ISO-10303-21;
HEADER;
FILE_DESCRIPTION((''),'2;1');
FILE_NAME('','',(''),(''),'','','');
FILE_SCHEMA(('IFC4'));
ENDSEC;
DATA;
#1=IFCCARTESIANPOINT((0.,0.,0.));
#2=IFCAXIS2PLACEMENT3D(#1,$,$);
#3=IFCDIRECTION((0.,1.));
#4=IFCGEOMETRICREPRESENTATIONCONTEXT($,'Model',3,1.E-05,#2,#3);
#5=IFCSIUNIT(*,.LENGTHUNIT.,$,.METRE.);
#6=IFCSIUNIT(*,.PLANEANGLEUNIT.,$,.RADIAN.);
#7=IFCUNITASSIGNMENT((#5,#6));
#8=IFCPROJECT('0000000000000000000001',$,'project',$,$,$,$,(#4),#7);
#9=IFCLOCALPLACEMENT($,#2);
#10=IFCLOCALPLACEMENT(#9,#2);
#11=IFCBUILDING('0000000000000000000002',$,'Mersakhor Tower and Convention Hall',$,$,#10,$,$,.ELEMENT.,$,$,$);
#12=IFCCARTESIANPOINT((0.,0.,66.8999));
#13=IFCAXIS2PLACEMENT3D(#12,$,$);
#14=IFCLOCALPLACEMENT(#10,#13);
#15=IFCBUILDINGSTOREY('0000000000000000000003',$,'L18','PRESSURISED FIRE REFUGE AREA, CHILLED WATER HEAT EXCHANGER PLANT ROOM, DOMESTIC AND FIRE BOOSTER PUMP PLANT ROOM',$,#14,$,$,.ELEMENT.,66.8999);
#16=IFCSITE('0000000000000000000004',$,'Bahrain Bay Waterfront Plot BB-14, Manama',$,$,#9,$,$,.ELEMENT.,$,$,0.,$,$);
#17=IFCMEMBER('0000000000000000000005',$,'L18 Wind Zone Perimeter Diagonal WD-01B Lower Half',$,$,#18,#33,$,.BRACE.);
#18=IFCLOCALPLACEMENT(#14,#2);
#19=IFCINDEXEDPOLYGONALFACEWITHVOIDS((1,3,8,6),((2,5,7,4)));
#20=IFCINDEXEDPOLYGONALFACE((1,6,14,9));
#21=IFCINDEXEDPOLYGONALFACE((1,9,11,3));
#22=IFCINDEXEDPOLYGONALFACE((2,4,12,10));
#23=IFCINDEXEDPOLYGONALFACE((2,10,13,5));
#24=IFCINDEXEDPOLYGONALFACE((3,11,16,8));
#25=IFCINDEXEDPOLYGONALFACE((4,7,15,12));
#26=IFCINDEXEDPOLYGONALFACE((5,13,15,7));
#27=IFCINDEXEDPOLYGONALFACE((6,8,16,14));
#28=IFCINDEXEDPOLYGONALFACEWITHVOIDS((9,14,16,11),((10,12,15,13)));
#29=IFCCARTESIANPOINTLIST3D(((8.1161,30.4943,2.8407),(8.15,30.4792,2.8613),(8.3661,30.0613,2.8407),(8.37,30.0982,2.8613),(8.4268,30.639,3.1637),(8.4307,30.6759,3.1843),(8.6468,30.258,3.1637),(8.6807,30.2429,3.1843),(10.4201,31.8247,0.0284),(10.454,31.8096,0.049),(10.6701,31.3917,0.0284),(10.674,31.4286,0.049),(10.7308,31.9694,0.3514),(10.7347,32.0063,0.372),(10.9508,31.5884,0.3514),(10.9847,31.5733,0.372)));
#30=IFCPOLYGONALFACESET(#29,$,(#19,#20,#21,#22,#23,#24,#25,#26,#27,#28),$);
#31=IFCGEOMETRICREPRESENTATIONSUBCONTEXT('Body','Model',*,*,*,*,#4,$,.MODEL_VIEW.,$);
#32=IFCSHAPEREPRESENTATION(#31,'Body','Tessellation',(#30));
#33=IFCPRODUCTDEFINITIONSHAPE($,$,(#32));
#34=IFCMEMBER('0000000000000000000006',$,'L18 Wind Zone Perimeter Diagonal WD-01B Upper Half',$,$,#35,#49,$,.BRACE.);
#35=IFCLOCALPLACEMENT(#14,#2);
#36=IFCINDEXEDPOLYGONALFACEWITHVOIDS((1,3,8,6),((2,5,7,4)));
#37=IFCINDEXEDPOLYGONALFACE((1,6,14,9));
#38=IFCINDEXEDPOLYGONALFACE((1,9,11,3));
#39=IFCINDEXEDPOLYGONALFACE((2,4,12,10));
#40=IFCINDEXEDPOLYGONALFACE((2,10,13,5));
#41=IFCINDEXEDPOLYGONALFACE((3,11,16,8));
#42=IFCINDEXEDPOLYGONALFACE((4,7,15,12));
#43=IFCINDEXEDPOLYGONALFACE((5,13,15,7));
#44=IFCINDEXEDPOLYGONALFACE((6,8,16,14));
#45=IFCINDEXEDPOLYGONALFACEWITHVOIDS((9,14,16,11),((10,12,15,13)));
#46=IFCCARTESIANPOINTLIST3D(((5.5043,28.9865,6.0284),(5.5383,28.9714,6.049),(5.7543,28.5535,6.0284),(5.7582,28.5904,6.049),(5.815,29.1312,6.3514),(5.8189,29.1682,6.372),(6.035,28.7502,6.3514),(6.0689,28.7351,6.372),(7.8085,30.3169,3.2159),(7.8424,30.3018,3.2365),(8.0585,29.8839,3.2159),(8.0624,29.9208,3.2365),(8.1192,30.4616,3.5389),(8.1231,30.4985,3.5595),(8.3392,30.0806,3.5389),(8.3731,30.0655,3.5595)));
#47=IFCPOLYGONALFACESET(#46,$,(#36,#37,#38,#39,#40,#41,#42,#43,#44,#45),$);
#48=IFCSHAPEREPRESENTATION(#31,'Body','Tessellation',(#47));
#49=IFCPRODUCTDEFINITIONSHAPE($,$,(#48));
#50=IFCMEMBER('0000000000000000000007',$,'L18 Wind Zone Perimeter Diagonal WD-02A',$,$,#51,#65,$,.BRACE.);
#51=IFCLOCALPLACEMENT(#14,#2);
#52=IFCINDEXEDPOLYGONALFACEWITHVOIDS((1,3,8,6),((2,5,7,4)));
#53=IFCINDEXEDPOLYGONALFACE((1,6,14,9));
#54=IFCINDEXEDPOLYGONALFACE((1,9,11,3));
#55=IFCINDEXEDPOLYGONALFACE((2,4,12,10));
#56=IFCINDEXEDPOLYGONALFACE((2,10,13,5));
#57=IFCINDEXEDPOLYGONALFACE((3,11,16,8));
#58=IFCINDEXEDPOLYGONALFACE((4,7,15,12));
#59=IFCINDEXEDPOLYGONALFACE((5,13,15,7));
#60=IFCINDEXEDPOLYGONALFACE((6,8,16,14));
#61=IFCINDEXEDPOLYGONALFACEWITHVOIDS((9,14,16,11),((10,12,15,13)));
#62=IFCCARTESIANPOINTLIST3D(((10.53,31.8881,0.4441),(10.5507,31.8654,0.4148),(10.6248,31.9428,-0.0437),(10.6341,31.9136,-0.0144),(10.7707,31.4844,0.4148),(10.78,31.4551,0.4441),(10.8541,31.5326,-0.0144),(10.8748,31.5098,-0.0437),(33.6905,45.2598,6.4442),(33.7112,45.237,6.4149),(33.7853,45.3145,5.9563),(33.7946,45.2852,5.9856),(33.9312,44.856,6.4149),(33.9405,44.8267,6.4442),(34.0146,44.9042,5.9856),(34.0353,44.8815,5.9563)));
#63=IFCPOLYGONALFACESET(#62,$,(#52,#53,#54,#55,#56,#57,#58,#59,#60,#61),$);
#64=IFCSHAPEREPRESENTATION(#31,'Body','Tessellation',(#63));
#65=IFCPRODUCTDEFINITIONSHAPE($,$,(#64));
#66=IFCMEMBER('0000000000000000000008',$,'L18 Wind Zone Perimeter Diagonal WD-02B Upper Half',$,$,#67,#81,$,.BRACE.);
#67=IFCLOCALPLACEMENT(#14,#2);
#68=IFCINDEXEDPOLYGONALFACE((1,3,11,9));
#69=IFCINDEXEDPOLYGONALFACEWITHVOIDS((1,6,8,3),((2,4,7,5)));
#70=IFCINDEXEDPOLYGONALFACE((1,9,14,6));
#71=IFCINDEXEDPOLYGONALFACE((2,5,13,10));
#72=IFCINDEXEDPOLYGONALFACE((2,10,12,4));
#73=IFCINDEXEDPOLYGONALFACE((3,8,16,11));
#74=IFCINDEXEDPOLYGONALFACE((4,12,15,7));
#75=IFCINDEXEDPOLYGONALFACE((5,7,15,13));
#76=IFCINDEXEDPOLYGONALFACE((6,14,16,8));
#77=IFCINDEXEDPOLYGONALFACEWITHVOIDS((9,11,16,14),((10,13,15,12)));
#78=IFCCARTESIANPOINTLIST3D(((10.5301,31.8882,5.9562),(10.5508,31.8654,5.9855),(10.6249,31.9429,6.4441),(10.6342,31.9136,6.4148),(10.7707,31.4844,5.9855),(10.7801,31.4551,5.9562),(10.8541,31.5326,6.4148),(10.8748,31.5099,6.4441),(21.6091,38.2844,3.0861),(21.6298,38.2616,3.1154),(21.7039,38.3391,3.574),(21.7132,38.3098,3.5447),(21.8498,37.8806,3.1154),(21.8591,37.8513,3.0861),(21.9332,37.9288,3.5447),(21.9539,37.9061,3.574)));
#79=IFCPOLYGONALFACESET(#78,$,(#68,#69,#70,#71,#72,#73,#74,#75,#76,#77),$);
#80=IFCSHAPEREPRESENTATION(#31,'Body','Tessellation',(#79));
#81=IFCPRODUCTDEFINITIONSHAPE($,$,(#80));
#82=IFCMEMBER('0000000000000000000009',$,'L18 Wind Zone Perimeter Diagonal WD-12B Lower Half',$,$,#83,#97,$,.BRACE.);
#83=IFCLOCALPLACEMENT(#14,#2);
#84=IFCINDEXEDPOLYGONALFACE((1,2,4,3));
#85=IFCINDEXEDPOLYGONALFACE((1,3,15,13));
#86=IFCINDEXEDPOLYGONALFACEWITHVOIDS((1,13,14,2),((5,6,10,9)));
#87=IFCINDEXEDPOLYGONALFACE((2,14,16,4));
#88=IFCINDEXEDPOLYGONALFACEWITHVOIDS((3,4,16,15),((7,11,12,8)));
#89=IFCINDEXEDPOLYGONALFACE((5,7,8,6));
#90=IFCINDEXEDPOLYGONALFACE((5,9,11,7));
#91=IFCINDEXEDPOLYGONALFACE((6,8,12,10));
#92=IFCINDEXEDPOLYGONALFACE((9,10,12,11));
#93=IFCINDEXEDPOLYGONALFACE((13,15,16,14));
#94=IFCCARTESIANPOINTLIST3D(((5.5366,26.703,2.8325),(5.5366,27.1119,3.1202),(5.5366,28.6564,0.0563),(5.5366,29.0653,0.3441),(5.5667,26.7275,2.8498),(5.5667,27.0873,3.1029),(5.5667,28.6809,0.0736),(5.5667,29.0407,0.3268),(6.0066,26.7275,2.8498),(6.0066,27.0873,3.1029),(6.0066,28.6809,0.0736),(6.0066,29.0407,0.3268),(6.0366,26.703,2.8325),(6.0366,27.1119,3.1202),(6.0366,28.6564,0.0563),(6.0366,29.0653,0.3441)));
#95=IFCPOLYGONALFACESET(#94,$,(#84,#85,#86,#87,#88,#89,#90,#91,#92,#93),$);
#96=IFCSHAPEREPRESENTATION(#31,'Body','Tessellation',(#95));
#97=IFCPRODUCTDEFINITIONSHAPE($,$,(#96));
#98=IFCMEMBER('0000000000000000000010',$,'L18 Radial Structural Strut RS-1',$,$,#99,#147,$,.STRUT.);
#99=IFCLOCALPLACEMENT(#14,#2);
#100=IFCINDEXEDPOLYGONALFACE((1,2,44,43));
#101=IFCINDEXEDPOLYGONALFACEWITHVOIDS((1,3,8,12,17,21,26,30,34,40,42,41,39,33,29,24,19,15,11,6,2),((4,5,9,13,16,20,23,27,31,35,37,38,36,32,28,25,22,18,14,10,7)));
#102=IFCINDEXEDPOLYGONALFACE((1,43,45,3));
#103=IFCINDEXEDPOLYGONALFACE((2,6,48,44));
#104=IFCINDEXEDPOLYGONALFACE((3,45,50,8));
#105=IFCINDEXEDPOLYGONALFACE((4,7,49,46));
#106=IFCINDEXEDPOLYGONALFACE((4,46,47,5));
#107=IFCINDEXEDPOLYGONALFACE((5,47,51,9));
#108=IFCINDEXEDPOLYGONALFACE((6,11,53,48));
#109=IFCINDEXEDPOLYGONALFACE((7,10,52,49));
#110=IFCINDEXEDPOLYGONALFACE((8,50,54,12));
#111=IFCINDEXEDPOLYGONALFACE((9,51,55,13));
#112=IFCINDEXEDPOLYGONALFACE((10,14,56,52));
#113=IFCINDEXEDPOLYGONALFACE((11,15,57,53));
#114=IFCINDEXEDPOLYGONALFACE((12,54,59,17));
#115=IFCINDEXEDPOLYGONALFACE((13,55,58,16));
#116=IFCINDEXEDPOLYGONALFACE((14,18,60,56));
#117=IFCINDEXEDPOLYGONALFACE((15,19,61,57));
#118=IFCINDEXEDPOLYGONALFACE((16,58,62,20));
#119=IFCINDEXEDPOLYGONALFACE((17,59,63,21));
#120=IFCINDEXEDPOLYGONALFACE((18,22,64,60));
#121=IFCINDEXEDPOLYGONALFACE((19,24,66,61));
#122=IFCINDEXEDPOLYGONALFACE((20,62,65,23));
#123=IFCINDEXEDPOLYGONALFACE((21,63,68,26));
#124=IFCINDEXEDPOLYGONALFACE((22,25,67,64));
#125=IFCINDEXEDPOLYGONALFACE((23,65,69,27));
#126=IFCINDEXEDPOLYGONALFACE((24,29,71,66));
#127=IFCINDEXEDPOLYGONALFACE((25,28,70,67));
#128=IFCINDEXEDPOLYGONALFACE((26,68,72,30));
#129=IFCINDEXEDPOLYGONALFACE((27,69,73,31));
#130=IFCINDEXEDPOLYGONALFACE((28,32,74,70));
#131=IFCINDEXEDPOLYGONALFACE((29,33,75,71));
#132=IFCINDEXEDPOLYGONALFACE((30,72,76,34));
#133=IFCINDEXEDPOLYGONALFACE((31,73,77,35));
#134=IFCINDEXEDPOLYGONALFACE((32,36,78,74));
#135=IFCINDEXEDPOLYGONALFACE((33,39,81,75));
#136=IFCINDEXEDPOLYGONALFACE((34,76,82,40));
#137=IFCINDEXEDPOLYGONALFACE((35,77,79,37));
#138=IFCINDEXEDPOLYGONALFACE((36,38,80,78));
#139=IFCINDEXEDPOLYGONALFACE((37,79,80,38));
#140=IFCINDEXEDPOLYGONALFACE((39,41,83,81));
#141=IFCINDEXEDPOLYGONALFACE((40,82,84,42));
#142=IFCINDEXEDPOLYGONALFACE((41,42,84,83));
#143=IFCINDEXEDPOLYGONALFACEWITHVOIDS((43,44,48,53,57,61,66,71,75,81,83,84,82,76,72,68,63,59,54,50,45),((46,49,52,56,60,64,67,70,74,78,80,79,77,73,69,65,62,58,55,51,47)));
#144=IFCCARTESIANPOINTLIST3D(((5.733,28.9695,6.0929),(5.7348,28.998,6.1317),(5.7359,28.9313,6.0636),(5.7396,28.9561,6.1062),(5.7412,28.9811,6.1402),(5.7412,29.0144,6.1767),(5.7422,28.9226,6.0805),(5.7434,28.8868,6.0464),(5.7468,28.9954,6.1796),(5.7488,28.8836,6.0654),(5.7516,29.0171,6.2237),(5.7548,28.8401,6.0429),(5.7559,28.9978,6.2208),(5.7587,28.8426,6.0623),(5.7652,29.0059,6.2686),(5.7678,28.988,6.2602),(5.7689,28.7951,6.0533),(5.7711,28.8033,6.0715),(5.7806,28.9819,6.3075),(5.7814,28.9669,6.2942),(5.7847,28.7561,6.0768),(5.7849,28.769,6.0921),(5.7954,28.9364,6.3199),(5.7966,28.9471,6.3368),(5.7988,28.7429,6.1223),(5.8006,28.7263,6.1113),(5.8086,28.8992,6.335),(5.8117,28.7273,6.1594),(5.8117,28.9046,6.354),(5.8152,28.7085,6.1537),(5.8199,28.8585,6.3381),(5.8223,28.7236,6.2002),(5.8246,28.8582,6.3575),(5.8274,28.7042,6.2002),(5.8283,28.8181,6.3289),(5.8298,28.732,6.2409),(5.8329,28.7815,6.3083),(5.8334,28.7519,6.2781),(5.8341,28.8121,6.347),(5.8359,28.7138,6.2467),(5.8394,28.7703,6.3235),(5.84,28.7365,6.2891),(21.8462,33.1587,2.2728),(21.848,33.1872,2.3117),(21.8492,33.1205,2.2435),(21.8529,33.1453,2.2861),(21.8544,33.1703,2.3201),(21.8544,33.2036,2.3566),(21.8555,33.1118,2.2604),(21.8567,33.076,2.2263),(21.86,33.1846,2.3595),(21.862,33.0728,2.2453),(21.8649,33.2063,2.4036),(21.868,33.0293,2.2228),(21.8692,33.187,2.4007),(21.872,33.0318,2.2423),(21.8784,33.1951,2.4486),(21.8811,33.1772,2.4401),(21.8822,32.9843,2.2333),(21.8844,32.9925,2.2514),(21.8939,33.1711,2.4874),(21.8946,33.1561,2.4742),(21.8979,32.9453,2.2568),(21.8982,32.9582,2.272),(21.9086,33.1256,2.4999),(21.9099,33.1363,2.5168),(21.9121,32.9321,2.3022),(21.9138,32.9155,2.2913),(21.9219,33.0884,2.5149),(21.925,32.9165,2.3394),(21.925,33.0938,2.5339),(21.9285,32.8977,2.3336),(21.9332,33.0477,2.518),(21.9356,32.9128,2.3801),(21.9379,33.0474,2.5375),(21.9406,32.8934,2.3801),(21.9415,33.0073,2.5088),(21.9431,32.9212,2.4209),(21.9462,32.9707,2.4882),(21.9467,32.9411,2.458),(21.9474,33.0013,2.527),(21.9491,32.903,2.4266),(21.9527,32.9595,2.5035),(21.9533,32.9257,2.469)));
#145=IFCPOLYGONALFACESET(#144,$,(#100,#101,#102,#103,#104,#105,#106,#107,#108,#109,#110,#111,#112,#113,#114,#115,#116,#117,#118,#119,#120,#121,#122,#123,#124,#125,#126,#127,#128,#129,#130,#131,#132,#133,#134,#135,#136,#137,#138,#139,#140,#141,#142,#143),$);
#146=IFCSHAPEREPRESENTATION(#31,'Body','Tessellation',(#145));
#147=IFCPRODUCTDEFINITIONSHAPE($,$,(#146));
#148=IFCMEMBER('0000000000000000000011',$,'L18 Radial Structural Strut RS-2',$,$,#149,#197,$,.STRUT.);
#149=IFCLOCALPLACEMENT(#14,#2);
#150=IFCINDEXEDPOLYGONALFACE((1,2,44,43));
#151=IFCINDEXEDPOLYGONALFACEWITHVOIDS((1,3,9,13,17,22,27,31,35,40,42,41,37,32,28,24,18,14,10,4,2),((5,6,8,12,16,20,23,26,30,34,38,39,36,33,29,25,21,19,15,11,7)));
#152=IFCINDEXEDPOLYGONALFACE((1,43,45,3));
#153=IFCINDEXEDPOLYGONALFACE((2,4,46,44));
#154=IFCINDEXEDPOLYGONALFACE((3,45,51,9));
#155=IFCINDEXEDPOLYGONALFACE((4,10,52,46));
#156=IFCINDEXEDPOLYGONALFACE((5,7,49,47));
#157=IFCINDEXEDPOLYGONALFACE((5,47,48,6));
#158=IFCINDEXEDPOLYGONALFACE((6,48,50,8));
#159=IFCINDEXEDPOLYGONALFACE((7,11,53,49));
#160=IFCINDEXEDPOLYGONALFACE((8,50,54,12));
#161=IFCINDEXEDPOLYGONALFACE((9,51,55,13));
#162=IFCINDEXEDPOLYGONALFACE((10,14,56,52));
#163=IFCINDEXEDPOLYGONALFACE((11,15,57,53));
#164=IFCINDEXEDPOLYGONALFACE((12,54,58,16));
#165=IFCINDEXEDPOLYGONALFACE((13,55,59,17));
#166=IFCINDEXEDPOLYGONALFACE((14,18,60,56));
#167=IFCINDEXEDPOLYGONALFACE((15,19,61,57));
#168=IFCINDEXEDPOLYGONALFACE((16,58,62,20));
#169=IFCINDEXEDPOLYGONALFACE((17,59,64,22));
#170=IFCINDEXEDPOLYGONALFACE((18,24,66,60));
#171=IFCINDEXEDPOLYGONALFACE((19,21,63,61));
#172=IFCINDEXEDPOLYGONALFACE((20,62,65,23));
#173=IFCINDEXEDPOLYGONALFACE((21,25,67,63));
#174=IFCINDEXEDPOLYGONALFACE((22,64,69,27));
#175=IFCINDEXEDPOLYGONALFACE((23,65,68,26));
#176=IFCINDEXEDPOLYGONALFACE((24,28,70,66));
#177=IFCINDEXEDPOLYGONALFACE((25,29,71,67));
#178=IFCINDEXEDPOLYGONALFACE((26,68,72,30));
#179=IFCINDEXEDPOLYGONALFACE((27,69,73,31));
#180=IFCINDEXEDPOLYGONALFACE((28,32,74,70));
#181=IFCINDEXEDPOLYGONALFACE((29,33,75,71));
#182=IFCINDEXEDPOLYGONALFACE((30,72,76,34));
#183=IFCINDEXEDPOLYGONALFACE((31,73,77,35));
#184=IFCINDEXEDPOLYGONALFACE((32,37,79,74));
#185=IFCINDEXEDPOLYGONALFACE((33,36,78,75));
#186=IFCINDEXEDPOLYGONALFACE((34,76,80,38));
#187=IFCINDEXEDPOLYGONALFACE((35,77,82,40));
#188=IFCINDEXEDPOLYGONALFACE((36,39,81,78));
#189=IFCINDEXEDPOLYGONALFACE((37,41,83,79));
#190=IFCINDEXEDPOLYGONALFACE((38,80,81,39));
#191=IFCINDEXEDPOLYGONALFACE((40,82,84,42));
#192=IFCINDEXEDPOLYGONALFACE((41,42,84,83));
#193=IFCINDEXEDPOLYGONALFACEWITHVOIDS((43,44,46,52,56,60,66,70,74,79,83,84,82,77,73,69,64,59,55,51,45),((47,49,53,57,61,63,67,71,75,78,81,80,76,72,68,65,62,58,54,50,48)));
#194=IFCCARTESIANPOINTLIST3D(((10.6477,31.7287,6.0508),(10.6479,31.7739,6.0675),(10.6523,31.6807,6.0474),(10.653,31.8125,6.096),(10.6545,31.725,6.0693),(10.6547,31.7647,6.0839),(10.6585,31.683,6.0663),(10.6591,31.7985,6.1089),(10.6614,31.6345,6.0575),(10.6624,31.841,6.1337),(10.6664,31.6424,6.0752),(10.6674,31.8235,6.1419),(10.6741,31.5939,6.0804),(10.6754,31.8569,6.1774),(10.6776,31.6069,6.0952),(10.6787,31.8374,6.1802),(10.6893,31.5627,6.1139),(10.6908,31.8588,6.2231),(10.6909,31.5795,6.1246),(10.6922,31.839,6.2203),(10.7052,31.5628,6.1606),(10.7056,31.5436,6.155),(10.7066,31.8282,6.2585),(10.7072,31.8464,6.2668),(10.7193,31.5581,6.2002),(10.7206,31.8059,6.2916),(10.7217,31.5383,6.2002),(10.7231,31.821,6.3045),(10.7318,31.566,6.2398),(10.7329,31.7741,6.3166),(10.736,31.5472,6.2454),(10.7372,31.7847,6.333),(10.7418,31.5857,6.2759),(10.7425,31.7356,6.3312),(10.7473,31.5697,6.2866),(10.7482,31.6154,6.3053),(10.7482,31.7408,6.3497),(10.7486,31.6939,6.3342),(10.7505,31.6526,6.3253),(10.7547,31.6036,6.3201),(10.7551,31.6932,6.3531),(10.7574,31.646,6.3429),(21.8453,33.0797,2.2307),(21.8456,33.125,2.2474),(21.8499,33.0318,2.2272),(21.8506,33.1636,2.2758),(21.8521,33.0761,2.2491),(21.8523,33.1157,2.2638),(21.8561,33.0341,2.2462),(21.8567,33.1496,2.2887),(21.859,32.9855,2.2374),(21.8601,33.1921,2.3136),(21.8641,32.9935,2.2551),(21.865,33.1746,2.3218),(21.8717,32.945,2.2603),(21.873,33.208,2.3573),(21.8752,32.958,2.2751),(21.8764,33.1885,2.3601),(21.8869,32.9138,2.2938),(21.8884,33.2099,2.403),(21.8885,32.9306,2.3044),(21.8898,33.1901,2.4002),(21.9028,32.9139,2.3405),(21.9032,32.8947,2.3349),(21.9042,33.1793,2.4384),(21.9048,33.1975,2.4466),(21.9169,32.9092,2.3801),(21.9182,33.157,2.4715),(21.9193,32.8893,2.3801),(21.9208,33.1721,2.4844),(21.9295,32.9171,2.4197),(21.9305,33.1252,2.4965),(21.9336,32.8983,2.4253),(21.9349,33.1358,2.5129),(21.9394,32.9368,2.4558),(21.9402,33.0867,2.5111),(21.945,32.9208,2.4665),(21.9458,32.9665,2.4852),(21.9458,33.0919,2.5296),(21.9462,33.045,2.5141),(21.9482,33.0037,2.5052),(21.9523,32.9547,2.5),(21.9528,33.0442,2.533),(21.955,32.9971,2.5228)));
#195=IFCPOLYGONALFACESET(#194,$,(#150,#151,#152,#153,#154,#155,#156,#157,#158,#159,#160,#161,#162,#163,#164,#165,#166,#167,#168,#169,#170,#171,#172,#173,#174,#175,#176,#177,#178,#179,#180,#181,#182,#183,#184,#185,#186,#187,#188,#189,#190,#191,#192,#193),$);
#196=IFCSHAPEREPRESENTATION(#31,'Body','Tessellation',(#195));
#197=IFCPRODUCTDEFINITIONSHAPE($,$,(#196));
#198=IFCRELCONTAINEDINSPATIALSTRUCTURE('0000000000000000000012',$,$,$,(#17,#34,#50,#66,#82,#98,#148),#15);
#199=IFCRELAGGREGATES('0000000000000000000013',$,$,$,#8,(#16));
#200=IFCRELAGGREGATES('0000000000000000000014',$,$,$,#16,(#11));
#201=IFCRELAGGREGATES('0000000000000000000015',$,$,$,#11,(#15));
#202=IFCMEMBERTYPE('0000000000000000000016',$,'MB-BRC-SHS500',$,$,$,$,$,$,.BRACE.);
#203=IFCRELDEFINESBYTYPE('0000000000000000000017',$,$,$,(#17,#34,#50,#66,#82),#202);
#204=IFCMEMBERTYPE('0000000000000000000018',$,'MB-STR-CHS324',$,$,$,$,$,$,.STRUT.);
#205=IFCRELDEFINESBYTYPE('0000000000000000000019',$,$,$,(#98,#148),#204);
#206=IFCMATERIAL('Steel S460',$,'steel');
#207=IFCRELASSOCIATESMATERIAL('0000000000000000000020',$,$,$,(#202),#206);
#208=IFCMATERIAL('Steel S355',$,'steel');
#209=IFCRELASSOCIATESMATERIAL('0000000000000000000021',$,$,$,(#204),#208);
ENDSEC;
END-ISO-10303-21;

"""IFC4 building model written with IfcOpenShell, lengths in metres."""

from ifc_helpers import new_model, si_unit, direction, frame, origin, origin_2d, place, context, subcontext, project, spatial, hollow_rectangle, hollow_circle, extrude, material, material_profile, profile_set, type_object, element, save


model = new_model("IFC4")

# Units and contexts
model_context = context("Model", 3, precision=1e-05, world=origin(), true_north=direction((0.0, 1.0)))
body_context = subcontext(model_context, "Body", "Model", "MODEL_VIEW")
ifc_project = project(units=[si_unit("LENGTHUNIT", "METRE"), si_unit("PLANEANGLEUNIT", "RADIAN")], contexts=[model_context])

# Site, building, storey
site_placement = place(None, origin())
site = spatial("IfcSite", under=ifc_project, at=site_placement, Name="Bahrain Bay Waterfront Plot BB-14, Manama", CompositionType="ELEMENT", RefElevation=0.0)
building_placement = place(site_placement, origin())
building = spatial("IfcBuilding", under=site, at=building_placement, Name="Mersakhor Tower and Convention Hall", CompositionType="ELEMENT")
storey_placement = place(building_placement, frame((0.0, 0.0, 66.8999)))
storey = spatial("IfcBuildingStorey", under=building, at=storey_placement, Name="L18", Description="PRESSURISED FIRE REFUGE AREA, CHILLED WATER HEAT EXCHANGER PLANT ROOM, DOMESTIC AND FIRE BOOSTER PUMP PLANT ROOM", CompositionType="ELEMENT", Elevation=66.8999)

# Members
ifc_material_1 = material(Name="Steel S460", Category="steel")
ifc_material_profile_1 = material_profile(ifc_material_1, hollow_rectangle(XDim=0.5, YDim=0.5, WallThickness=0.03, at=origin_2d()), Name="SHS 500x500x30")
ifc_profile_set_1 = profile_set([ifc_material_profile_1], Name="Steel S460")
member_type_1 = type_object("IfcMemberType", Name="MB-BRC-SHS500", PredefinedType="BRACE", material=ifc_profile_set_1)
member_1_placement = place(storey_placement, frame((10.7024, 31.699, 0.2002), z_axis=(-0.595142, -0.34364, 0.726442), x_axis=(0.500038, -0.866004, 0.0)))
element("IfcMember", 1, at=member_1_placement, inside=storey, type_object=member_type_1, Name="L18 Wind Zone Perimeter Diagonal WD-01B Lower Half", PredefinedType="BRACE", context=body_context, shape_type="SweptSolid", body=[
    extrude(hollow_rectangle(XDim=0.5, YDim=0.5, WallThickness=0.03, at=origin_2d()), origin(), (0.0, 0.0, 1.0), 3.8713),
])
member_2_placement = place(storey_placement, frame((8.0908, 30.1912, 3.3877), z_axis=(-0.595155, -0.343611, 0.726445), x_axis=(0.499998, -0.866027, 0.0)))
element("IfcMember", 2, at=member_2_placement, inside=storey, type_object=member_type_1, Name="L18 Wind Zone Perimeter Diagonal WD-01B Upper Half", PredefinedType="BRACE", context=body_context, shape_type="SweptSolid", body=[
    extrude(hollow_rectangle(XDim=0.5, YDim=0.5, WallThickness=0.03, at=origin_2d()), origin(), (0.0, 0.0, 1.0), 3.8716),
])
member_3_placement = place(storey_placement, frame((10.7024, 31.699, 0.2002), z_axis=(0.845021, 0.48787, 0.218913), x_axis=(-0.499998, 0.866027, 0.0)))
element("IfcMember", 3, at=member_3_placement, inside=storey, type_object=member_type_1, Name="L18 Wind Zone Perimeter Diagonal WD-02A", PredefinedType="BRACE", context=body_context, shape_type="SweptSolid", body=[
    extrude(hollow_rectangle(XDim=0.5, YDim=0.5, WallThickness=0.03, at=origin_2d()), origin(), (0.0, 0.0, 1.0), 27.4082),
])
member_4_placement = place(storey_placement, frame((21.7815, 38.0952, 3.3301), z_axis=(-0.845029, -0.487856, 0.218911), x_axis=(0.499983, -0.866035, 0.0)))
element("IfcMember", 4, at=member_4_placement, inside=storey, type_object=member_type_1, Name="L18 Wind Zone Perimeter Diagonal WD-02B Upper Half", PredefinedType="BRACE", context=body_context, shape_type="SweptSolid", body=[
    extrude(hollow_rectangle(XDim=0.5, YDim=0.5, WallThickness=0.03, at=origin_2d()), origin(), (0.0, 0.0, 1.0), 13.1108),
])
member_5_placement = place(storey_placement, frame((5.7866, 28.8608, 0.2002), z_axis=(0.0, -0.575454, 0.817834), x_axis=(1.0, 0.0, 0.0)))
element("IfcMember", 5, at=member_5_placement, inside=storey, type_object=member_type_1, Name="L18 Wind Zone Perimeter Diagonal WD-12B Lower Half", PredefinedType="BRACE", context=body_context, shape_type="SweptSolid", body=[
    extrude(hollow_rectangle(XDim=0.5, YDim=0.5, WallThickness=0.03, at=origin_2d()), origin(), (0.0, 0.0, 1.0), 3.3945),
])
ifc_material_2 = material(Name="Steel S355", Category="steel")
ifc_material_profile_2 = material_profile(ifc_material_2, hollow_circle(Radius=0.1619, WallThickness=0.02, at=origin_2d()), Name="CHS 323.9x20")
ifc_profile_set_2 = profile_set([ifc_material_profile_2], Name="Steel S355")
member_type_2 = type_object("IfcMemberType", Name="MB-STR-CHS324", PredefinedType="STRUT", material=ifc_profile_set_2)
member_6_placement = place(storey_placement, frame((21.8999, 33.05, 2.3801), z_axis=(-0.943314, -0.245247, 0.223637), x_axis=(0.25162, -0.967826, 0.0)))
element("IfcMember", 6, at=member_6_placement, inside=storey, type_object=member_type_2, Name="L18 Radial Structural Strut RS-1", PredefinedType="STRUT", context=body_context, shape_type="SweptSolid", body=[
    extrude(hollow_circle(Radius=0.1619, WallThickness=0.02, at=origin_2d()), origin(), (0.0, 0.0, 1.0), 17.0815),
])
member_7_placement = place(storey_placement, frame((21.8999, 33.05, 2.3801), z_axis=(-0.940328, -0.113459, 0.320796), x_axis=(0.11979, -0.992799, 0.0)))
element("IfcMember", 7, at=member_7_placement, inside=storey, type_object=member_type_2, Name="L18 Radial Structural Strut RS-2", PredefinedType="STRUT", context=body_context, shape_type="SweptSolid", body=[
    extrude(hollow_circle(Radius=0.1619, WallThickness=0.02, at=origin_2d()), origin(), (0.0, 0.0, 1.0), 11.9082),
])

save(model, "model.ifc")
